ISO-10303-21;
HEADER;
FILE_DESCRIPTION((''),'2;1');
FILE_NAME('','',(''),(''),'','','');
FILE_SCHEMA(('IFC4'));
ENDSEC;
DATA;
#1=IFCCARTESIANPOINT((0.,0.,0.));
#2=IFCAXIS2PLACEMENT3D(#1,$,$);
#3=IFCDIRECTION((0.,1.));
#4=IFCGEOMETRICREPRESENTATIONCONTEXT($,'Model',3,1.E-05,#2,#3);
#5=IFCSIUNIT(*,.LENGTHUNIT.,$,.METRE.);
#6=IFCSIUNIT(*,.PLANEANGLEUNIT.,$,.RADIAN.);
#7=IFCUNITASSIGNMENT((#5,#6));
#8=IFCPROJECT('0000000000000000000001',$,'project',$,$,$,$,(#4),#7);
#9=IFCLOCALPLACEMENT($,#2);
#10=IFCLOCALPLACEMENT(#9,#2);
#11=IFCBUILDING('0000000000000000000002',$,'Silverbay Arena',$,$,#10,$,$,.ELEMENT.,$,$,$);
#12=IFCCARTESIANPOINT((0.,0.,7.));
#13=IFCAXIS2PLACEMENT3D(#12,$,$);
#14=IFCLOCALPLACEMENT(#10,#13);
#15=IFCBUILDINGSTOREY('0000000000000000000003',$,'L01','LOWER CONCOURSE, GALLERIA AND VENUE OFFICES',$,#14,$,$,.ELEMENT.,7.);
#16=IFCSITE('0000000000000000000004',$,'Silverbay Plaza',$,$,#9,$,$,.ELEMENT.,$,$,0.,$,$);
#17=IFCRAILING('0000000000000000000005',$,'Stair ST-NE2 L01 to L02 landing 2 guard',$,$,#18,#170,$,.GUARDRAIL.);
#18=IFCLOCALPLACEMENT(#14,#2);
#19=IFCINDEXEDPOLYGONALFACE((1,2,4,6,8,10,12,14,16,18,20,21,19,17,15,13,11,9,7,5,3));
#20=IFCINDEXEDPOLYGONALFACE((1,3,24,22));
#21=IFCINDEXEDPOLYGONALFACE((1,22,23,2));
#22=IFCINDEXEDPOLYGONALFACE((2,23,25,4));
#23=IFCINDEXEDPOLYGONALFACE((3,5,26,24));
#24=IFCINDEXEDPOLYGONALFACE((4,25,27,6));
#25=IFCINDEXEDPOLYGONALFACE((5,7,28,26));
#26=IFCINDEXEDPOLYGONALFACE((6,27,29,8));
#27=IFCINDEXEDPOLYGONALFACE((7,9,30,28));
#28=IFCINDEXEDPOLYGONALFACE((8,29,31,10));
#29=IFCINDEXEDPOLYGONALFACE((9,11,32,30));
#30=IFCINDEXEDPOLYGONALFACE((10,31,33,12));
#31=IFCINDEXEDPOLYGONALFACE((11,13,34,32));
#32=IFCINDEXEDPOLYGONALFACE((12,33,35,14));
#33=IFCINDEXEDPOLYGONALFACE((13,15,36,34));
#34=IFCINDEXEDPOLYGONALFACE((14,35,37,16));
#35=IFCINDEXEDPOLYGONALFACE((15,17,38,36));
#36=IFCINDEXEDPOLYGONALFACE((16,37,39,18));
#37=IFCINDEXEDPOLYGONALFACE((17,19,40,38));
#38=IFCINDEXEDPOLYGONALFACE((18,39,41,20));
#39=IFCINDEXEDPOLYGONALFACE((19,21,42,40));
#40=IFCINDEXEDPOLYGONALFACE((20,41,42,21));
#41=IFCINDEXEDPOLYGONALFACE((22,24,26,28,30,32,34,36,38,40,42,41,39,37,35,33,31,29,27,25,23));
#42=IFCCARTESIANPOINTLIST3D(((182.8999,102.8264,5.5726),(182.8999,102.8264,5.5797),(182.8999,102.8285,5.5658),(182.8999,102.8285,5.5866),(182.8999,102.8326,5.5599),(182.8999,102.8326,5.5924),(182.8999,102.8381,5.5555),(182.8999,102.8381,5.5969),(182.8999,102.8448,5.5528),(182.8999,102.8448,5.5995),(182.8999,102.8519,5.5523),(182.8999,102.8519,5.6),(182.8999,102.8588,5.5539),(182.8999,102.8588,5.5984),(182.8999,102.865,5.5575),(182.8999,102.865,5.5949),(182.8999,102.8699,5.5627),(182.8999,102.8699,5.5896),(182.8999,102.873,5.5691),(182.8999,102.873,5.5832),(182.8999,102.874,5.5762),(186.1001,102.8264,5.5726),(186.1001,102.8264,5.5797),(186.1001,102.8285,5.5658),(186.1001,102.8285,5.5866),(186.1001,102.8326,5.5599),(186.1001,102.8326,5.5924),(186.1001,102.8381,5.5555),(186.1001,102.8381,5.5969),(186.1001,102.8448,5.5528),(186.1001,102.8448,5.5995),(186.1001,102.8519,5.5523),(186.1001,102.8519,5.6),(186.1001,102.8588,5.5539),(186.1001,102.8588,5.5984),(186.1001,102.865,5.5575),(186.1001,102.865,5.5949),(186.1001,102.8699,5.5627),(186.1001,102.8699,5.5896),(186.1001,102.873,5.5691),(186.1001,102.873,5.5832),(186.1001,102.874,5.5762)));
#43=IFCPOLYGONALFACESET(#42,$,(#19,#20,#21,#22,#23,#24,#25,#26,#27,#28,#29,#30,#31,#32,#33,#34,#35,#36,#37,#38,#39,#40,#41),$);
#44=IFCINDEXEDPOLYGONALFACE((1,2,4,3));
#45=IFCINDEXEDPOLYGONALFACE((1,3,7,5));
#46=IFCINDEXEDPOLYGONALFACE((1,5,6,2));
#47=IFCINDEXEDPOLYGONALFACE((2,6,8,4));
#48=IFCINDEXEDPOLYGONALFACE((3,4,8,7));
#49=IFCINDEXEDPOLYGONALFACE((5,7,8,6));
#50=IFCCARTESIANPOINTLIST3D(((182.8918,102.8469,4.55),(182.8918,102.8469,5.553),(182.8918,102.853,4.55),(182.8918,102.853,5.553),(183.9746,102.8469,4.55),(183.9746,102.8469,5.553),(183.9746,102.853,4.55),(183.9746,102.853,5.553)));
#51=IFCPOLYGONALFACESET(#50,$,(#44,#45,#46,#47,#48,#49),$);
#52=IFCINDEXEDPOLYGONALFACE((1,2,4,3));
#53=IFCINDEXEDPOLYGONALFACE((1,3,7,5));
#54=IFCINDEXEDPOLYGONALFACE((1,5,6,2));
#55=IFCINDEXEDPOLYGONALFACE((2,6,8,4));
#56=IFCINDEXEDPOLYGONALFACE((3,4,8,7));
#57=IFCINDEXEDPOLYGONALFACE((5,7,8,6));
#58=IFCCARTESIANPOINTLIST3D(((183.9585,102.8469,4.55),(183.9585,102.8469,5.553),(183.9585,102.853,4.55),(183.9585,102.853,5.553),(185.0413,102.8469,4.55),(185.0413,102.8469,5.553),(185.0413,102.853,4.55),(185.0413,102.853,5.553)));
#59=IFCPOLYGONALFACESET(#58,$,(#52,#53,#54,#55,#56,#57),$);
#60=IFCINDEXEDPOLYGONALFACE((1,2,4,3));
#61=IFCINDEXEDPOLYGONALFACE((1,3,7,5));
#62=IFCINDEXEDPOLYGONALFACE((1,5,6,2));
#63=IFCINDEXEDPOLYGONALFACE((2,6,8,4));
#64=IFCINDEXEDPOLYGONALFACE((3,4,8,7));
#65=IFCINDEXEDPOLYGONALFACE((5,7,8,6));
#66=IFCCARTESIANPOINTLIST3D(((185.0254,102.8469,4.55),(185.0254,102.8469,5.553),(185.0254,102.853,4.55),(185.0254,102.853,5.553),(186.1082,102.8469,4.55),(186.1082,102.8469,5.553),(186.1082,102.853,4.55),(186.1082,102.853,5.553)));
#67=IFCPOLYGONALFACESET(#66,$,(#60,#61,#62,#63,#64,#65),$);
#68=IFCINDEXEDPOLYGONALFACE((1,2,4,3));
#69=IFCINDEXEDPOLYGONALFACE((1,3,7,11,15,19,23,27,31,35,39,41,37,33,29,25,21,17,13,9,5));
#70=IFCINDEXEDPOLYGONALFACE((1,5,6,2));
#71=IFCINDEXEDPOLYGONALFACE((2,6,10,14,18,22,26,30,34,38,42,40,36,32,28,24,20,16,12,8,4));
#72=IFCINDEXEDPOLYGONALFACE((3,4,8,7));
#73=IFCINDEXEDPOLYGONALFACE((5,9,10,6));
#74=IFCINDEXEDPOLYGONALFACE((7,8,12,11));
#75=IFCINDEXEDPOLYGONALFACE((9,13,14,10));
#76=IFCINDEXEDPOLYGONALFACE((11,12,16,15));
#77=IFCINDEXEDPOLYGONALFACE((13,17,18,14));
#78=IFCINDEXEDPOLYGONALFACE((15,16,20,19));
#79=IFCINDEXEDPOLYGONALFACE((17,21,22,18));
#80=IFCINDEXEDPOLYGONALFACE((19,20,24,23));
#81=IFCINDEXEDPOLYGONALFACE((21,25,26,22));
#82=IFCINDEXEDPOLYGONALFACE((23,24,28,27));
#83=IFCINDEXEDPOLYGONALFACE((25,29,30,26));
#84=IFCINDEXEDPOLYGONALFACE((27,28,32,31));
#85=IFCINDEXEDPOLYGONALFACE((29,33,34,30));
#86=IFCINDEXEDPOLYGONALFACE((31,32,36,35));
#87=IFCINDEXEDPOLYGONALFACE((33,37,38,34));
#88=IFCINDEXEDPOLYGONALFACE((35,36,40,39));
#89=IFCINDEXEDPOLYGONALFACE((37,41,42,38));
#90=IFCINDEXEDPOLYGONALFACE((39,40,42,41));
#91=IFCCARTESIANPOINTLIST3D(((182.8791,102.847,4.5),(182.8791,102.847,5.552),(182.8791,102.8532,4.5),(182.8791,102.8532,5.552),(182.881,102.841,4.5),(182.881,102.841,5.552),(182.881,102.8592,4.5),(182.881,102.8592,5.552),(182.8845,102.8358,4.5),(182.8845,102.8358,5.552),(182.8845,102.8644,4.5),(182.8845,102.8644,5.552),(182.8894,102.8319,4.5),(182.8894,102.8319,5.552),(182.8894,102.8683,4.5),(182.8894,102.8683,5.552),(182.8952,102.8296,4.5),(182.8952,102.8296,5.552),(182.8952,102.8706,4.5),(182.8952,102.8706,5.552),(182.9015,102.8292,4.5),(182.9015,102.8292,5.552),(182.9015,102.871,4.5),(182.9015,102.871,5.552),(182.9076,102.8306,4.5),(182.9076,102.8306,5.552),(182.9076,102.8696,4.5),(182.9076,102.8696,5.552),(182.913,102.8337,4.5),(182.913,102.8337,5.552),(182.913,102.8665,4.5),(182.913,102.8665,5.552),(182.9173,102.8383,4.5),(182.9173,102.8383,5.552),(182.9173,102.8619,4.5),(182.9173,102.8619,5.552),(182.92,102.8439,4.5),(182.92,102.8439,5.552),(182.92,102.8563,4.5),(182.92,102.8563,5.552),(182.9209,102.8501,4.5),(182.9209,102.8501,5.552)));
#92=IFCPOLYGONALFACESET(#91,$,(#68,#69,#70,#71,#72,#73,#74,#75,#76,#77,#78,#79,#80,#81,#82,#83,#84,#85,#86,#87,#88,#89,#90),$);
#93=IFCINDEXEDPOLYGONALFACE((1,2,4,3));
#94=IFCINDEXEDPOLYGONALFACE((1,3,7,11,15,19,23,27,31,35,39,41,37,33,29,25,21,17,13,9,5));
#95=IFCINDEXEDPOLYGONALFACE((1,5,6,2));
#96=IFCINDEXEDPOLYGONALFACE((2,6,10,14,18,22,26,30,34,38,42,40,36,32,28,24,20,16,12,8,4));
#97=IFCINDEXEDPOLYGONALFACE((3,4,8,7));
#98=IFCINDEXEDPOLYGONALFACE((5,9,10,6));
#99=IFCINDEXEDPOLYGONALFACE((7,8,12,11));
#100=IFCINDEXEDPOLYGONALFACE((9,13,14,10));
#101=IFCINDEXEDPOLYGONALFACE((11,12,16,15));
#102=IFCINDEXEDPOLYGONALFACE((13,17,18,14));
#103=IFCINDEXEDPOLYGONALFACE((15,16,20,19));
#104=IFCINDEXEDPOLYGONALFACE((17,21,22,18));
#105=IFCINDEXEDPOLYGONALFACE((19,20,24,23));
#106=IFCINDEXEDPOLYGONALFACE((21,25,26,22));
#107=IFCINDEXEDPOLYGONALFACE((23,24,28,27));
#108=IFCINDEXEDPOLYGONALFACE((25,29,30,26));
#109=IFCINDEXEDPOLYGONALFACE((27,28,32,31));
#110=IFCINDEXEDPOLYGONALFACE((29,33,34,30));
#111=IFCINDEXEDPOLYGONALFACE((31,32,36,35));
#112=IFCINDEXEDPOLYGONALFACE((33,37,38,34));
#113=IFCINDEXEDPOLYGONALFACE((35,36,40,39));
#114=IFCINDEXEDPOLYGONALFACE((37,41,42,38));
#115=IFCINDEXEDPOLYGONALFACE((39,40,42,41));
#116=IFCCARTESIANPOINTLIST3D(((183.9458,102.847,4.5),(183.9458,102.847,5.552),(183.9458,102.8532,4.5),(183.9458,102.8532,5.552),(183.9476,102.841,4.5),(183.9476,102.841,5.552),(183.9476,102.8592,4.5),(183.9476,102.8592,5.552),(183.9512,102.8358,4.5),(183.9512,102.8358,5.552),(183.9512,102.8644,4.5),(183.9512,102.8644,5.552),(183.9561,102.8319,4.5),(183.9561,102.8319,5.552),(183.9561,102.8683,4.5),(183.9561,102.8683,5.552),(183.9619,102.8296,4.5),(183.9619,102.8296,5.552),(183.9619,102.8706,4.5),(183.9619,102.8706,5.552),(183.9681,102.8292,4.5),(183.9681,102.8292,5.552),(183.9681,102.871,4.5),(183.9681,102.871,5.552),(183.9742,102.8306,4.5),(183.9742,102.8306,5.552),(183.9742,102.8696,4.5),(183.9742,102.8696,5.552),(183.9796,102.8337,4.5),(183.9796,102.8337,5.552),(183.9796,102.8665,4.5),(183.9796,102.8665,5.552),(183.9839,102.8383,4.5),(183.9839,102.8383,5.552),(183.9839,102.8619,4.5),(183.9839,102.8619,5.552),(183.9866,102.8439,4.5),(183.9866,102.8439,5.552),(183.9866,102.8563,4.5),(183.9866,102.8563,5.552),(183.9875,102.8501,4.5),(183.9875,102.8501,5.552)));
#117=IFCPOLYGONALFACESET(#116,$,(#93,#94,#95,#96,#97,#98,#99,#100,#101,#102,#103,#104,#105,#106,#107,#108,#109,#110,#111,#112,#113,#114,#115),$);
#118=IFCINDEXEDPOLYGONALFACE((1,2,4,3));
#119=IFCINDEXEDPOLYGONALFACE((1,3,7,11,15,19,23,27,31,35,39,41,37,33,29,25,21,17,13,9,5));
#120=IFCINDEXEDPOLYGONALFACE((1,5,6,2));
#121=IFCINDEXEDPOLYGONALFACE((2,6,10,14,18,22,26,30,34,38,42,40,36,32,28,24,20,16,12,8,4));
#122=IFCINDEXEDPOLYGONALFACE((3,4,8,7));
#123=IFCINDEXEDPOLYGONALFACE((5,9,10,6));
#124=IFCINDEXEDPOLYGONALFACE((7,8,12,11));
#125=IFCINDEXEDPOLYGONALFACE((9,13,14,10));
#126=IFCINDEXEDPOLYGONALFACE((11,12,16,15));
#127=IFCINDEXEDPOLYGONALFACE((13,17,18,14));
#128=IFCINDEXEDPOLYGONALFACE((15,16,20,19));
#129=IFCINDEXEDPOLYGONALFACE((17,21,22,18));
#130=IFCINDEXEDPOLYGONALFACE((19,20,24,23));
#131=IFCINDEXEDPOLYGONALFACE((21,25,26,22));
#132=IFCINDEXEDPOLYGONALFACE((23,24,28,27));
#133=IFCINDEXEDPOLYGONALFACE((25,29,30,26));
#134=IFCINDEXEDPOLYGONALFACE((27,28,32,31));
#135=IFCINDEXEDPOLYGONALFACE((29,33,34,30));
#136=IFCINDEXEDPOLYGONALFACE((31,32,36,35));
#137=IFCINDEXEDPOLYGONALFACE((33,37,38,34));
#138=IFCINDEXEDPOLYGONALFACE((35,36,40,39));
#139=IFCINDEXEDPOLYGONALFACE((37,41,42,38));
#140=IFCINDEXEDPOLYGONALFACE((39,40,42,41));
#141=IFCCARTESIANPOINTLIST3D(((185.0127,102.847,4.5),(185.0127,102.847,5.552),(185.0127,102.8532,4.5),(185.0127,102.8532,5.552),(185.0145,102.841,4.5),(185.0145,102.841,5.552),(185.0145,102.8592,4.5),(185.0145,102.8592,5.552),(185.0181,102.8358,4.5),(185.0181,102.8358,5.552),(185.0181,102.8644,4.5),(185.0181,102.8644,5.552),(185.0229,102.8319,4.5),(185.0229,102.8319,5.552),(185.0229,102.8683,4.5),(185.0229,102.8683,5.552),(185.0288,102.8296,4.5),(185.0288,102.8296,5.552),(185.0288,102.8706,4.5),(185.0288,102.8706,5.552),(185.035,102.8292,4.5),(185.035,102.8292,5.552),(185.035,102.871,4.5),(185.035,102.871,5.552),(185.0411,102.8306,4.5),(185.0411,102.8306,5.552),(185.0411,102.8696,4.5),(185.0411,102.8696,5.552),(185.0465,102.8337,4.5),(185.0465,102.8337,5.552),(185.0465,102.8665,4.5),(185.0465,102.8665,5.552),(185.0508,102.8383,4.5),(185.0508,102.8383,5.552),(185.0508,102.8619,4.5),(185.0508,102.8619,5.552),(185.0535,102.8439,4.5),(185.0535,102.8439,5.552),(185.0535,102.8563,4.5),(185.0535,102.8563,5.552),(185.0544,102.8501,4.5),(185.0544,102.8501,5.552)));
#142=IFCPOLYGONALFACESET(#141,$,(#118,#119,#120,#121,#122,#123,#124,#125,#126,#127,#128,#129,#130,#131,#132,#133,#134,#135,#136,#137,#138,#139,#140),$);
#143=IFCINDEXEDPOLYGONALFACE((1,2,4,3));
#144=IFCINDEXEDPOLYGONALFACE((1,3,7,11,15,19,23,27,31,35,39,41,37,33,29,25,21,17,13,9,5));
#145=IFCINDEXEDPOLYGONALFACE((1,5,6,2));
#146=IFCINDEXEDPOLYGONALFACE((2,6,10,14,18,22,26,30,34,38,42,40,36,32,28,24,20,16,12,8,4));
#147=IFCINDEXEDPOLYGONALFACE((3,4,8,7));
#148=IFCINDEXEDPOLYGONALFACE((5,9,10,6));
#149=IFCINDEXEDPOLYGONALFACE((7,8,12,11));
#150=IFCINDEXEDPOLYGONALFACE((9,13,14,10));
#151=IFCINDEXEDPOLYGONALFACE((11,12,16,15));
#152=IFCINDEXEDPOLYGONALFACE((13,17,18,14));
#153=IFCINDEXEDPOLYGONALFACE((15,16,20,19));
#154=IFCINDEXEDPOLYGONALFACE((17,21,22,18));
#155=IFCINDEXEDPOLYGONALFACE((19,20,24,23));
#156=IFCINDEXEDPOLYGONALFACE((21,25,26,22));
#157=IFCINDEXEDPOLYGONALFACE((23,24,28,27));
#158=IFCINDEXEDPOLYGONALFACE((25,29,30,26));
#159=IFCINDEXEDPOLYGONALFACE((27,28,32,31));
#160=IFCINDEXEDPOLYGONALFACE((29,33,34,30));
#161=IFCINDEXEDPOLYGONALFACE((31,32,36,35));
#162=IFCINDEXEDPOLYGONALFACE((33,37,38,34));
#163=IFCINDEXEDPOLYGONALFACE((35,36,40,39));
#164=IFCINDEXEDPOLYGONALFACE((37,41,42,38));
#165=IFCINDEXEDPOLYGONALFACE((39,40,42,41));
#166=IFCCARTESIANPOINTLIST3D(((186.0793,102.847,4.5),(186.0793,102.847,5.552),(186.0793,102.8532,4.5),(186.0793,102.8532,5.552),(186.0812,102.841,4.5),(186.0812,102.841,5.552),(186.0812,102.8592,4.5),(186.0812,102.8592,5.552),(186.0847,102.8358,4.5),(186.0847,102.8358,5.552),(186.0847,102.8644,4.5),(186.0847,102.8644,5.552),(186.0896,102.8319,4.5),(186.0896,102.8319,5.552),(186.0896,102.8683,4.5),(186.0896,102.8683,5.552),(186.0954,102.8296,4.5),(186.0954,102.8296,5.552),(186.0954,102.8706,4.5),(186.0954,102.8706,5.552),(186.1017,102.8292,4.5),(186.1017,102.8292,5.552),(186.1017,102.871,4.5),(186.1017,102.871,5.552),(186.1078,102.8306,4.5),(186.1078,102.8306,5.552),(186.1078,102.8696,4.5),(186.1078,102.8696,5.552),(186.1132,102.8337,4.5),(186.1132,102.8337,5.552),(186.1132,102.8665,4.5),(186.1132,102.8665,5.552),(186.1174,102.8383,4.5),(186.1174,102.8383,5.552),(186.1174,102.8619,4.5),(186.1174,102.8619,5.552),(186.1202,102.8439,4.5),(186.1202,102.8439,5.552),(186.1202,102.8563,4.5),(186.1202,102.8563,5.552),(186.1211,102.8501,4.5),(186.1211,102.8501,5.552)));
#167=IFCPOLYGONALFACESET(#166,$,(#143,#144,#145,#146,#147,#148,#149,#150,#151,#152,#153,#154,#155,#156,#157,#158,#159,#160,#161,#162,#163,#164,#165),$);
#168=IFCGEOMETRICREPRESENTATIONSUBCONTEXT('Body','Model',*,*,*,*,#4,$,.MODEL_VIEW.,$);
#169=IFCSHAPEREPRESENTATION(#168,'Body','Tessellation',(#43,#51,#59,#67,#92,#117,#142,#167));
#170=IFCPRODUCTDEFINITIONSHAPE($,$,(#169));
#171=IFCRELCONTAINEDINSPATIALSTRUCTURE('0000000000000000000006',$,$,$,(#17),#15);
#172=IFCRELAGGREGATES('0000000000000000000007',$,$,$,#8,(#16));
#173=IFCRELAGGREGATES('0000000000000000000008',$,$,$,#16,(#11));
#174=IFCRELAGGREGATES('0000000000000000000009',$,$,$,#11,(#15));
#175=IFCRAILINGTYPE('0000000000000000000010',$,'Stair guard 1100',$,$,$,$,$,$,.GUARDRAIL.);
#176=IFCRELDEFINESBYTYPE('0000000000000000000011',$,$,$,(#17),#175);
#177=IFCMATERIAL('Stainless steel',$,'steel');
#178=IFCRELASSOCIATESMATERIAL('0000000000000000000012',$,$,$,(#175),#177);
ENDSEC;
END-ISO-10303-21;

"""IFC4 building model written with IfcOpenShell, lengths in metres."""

from ifc_helpers import new_model, si_unit, direction, frame, origin, origin_2d, place, context, subcontext, project, spatial, polyline, circle, outline, extrude, material, type_object, element, save


model = new_model("IFC4")

# Units and contexts
model_context = context("Model", 3, precision=1e-05, world=origin(), true_north=direction((0.0, 1.0)))
body_context = subcontext(model_context, "Body", "Model", "MODEL_VIEW")
ifc_project = project(units=[si_unit("LENGTHUNIT", "METRE"), si_unit("PLANEANGLEUNIT", "RADIAN")], contexts=[model_context])

# Site, building, storey
site_placement = place(None, origin())
site = spatial("IfcSite", under=ifc_project, at=site_placement, Name="Silverbay Plaza", CompositionType="ELEMENT", RefElevation=0.0)
building_placement = place(site_placement, origin())
building = spatial("IfcBuilding", under=site, at=building_placement, Name="Silverbay Arena", CompositionType="ELEMENT")
storey_placement = place(building_placement, frame((0.0, 0.0, 7.0)))
storey = spatial("IfcBuildingStorey", under=building, at=storey_placement, Name="L01", Description="LOWER CONCOURSE, GALLERIA AND VENUE OFFICES", CompositionType="ELEMENT", Elevation=7.0)

# Railing
ifc_material_1 = material(Name="Stainless steel", Category="steel")
railing_type_1 = type_object("IfcRailingType", Name="Stair guard 1100", PredefinedType="GUARDRAIL", material=ifc_material_1)
for number, where, name in (
    (1, (182.8999, 102.8501, 4.5), "Stair ST-NE2 L01 to L02 landing 2 guard"),
):
    element("IfcRailing", number, at=place(storey_placement, frame(where)), inside=storey, type_object=railing_type_1, Name=name, PredefinedType="GUARDRAIL", context=body_context, shape_type="SweptSolid", body=[
        extrude(circle(Radius=0.0239, at=origin_2d()), frame((0.0, 0.0, 1.0762), z_axis=(1.0, 0.0, 0.0), x_axis=(0.0, 1.0, 0.0)), (0.0, 0.0, 1.0), 3.2002),
        extrude(outline(polyline([(-0.0081, 0.05), (1.0747, 0.05), (1.0747, 1.053), (-0.0081, 1.053), (-0.0081, 0.05)])), frame((0.0, 0.0029, 0.0), z_axis=(0.0, -1.0, 0.0), x_axis=(1.0, 0.0, 0.0)), (0.0, 0.0, 1.0), 0.0061),
        extrude(outline(polyline([(-0.0081, 0.05), (1.0747, 0.05), (1.0747, 1.053), (-0.0081, 1.053), (-0.0081, 0.05)])), frame((1.0667, 0.0029, 0.0), z_axis=(0.0, -1.0, 0.0), x_axis=(1.0, 0.0, 0.0)), (0.0, 0.0, 1.0), 0.0061),
        extrude(outline(polyline([(-0.0081, 0.05), (1.0747, 0.05), (1.0747, 1.053), (-0.0081, 1.053), (-0.0081, 0.05)])), frame((2.1335, 0.0029, 0.0), z_axis=(0.0, -1.0, 0.0), x_axis=(1.0, 0.0, 0.0)), (0.0, 0.0, 1.0), 0.0061),
        extrude(circle(Radius=0.021, at=origin_2d()), origin(), (0.0, 0.0, 1.0), 1.052),
        extrude(circle(Radius=0.021, at=origin_2d()), frame((1.0667, 0.0, 0.0)), (0.0, 0.0, 1.0), 1.052),
        extrude(circle(Radius=0.021, at=origin_2d()), frame((2.1335, 0.0, 0.0)), (0.0, 0.0, 1.0), 1.052),
        extrude(circle(Radius=0.021, at=origin_2d()), frame((3.2002, 0.0, 0.0)), (0.0, 0.0, 1.0), 1.052),
    ])

save(model, "model.ifc")
